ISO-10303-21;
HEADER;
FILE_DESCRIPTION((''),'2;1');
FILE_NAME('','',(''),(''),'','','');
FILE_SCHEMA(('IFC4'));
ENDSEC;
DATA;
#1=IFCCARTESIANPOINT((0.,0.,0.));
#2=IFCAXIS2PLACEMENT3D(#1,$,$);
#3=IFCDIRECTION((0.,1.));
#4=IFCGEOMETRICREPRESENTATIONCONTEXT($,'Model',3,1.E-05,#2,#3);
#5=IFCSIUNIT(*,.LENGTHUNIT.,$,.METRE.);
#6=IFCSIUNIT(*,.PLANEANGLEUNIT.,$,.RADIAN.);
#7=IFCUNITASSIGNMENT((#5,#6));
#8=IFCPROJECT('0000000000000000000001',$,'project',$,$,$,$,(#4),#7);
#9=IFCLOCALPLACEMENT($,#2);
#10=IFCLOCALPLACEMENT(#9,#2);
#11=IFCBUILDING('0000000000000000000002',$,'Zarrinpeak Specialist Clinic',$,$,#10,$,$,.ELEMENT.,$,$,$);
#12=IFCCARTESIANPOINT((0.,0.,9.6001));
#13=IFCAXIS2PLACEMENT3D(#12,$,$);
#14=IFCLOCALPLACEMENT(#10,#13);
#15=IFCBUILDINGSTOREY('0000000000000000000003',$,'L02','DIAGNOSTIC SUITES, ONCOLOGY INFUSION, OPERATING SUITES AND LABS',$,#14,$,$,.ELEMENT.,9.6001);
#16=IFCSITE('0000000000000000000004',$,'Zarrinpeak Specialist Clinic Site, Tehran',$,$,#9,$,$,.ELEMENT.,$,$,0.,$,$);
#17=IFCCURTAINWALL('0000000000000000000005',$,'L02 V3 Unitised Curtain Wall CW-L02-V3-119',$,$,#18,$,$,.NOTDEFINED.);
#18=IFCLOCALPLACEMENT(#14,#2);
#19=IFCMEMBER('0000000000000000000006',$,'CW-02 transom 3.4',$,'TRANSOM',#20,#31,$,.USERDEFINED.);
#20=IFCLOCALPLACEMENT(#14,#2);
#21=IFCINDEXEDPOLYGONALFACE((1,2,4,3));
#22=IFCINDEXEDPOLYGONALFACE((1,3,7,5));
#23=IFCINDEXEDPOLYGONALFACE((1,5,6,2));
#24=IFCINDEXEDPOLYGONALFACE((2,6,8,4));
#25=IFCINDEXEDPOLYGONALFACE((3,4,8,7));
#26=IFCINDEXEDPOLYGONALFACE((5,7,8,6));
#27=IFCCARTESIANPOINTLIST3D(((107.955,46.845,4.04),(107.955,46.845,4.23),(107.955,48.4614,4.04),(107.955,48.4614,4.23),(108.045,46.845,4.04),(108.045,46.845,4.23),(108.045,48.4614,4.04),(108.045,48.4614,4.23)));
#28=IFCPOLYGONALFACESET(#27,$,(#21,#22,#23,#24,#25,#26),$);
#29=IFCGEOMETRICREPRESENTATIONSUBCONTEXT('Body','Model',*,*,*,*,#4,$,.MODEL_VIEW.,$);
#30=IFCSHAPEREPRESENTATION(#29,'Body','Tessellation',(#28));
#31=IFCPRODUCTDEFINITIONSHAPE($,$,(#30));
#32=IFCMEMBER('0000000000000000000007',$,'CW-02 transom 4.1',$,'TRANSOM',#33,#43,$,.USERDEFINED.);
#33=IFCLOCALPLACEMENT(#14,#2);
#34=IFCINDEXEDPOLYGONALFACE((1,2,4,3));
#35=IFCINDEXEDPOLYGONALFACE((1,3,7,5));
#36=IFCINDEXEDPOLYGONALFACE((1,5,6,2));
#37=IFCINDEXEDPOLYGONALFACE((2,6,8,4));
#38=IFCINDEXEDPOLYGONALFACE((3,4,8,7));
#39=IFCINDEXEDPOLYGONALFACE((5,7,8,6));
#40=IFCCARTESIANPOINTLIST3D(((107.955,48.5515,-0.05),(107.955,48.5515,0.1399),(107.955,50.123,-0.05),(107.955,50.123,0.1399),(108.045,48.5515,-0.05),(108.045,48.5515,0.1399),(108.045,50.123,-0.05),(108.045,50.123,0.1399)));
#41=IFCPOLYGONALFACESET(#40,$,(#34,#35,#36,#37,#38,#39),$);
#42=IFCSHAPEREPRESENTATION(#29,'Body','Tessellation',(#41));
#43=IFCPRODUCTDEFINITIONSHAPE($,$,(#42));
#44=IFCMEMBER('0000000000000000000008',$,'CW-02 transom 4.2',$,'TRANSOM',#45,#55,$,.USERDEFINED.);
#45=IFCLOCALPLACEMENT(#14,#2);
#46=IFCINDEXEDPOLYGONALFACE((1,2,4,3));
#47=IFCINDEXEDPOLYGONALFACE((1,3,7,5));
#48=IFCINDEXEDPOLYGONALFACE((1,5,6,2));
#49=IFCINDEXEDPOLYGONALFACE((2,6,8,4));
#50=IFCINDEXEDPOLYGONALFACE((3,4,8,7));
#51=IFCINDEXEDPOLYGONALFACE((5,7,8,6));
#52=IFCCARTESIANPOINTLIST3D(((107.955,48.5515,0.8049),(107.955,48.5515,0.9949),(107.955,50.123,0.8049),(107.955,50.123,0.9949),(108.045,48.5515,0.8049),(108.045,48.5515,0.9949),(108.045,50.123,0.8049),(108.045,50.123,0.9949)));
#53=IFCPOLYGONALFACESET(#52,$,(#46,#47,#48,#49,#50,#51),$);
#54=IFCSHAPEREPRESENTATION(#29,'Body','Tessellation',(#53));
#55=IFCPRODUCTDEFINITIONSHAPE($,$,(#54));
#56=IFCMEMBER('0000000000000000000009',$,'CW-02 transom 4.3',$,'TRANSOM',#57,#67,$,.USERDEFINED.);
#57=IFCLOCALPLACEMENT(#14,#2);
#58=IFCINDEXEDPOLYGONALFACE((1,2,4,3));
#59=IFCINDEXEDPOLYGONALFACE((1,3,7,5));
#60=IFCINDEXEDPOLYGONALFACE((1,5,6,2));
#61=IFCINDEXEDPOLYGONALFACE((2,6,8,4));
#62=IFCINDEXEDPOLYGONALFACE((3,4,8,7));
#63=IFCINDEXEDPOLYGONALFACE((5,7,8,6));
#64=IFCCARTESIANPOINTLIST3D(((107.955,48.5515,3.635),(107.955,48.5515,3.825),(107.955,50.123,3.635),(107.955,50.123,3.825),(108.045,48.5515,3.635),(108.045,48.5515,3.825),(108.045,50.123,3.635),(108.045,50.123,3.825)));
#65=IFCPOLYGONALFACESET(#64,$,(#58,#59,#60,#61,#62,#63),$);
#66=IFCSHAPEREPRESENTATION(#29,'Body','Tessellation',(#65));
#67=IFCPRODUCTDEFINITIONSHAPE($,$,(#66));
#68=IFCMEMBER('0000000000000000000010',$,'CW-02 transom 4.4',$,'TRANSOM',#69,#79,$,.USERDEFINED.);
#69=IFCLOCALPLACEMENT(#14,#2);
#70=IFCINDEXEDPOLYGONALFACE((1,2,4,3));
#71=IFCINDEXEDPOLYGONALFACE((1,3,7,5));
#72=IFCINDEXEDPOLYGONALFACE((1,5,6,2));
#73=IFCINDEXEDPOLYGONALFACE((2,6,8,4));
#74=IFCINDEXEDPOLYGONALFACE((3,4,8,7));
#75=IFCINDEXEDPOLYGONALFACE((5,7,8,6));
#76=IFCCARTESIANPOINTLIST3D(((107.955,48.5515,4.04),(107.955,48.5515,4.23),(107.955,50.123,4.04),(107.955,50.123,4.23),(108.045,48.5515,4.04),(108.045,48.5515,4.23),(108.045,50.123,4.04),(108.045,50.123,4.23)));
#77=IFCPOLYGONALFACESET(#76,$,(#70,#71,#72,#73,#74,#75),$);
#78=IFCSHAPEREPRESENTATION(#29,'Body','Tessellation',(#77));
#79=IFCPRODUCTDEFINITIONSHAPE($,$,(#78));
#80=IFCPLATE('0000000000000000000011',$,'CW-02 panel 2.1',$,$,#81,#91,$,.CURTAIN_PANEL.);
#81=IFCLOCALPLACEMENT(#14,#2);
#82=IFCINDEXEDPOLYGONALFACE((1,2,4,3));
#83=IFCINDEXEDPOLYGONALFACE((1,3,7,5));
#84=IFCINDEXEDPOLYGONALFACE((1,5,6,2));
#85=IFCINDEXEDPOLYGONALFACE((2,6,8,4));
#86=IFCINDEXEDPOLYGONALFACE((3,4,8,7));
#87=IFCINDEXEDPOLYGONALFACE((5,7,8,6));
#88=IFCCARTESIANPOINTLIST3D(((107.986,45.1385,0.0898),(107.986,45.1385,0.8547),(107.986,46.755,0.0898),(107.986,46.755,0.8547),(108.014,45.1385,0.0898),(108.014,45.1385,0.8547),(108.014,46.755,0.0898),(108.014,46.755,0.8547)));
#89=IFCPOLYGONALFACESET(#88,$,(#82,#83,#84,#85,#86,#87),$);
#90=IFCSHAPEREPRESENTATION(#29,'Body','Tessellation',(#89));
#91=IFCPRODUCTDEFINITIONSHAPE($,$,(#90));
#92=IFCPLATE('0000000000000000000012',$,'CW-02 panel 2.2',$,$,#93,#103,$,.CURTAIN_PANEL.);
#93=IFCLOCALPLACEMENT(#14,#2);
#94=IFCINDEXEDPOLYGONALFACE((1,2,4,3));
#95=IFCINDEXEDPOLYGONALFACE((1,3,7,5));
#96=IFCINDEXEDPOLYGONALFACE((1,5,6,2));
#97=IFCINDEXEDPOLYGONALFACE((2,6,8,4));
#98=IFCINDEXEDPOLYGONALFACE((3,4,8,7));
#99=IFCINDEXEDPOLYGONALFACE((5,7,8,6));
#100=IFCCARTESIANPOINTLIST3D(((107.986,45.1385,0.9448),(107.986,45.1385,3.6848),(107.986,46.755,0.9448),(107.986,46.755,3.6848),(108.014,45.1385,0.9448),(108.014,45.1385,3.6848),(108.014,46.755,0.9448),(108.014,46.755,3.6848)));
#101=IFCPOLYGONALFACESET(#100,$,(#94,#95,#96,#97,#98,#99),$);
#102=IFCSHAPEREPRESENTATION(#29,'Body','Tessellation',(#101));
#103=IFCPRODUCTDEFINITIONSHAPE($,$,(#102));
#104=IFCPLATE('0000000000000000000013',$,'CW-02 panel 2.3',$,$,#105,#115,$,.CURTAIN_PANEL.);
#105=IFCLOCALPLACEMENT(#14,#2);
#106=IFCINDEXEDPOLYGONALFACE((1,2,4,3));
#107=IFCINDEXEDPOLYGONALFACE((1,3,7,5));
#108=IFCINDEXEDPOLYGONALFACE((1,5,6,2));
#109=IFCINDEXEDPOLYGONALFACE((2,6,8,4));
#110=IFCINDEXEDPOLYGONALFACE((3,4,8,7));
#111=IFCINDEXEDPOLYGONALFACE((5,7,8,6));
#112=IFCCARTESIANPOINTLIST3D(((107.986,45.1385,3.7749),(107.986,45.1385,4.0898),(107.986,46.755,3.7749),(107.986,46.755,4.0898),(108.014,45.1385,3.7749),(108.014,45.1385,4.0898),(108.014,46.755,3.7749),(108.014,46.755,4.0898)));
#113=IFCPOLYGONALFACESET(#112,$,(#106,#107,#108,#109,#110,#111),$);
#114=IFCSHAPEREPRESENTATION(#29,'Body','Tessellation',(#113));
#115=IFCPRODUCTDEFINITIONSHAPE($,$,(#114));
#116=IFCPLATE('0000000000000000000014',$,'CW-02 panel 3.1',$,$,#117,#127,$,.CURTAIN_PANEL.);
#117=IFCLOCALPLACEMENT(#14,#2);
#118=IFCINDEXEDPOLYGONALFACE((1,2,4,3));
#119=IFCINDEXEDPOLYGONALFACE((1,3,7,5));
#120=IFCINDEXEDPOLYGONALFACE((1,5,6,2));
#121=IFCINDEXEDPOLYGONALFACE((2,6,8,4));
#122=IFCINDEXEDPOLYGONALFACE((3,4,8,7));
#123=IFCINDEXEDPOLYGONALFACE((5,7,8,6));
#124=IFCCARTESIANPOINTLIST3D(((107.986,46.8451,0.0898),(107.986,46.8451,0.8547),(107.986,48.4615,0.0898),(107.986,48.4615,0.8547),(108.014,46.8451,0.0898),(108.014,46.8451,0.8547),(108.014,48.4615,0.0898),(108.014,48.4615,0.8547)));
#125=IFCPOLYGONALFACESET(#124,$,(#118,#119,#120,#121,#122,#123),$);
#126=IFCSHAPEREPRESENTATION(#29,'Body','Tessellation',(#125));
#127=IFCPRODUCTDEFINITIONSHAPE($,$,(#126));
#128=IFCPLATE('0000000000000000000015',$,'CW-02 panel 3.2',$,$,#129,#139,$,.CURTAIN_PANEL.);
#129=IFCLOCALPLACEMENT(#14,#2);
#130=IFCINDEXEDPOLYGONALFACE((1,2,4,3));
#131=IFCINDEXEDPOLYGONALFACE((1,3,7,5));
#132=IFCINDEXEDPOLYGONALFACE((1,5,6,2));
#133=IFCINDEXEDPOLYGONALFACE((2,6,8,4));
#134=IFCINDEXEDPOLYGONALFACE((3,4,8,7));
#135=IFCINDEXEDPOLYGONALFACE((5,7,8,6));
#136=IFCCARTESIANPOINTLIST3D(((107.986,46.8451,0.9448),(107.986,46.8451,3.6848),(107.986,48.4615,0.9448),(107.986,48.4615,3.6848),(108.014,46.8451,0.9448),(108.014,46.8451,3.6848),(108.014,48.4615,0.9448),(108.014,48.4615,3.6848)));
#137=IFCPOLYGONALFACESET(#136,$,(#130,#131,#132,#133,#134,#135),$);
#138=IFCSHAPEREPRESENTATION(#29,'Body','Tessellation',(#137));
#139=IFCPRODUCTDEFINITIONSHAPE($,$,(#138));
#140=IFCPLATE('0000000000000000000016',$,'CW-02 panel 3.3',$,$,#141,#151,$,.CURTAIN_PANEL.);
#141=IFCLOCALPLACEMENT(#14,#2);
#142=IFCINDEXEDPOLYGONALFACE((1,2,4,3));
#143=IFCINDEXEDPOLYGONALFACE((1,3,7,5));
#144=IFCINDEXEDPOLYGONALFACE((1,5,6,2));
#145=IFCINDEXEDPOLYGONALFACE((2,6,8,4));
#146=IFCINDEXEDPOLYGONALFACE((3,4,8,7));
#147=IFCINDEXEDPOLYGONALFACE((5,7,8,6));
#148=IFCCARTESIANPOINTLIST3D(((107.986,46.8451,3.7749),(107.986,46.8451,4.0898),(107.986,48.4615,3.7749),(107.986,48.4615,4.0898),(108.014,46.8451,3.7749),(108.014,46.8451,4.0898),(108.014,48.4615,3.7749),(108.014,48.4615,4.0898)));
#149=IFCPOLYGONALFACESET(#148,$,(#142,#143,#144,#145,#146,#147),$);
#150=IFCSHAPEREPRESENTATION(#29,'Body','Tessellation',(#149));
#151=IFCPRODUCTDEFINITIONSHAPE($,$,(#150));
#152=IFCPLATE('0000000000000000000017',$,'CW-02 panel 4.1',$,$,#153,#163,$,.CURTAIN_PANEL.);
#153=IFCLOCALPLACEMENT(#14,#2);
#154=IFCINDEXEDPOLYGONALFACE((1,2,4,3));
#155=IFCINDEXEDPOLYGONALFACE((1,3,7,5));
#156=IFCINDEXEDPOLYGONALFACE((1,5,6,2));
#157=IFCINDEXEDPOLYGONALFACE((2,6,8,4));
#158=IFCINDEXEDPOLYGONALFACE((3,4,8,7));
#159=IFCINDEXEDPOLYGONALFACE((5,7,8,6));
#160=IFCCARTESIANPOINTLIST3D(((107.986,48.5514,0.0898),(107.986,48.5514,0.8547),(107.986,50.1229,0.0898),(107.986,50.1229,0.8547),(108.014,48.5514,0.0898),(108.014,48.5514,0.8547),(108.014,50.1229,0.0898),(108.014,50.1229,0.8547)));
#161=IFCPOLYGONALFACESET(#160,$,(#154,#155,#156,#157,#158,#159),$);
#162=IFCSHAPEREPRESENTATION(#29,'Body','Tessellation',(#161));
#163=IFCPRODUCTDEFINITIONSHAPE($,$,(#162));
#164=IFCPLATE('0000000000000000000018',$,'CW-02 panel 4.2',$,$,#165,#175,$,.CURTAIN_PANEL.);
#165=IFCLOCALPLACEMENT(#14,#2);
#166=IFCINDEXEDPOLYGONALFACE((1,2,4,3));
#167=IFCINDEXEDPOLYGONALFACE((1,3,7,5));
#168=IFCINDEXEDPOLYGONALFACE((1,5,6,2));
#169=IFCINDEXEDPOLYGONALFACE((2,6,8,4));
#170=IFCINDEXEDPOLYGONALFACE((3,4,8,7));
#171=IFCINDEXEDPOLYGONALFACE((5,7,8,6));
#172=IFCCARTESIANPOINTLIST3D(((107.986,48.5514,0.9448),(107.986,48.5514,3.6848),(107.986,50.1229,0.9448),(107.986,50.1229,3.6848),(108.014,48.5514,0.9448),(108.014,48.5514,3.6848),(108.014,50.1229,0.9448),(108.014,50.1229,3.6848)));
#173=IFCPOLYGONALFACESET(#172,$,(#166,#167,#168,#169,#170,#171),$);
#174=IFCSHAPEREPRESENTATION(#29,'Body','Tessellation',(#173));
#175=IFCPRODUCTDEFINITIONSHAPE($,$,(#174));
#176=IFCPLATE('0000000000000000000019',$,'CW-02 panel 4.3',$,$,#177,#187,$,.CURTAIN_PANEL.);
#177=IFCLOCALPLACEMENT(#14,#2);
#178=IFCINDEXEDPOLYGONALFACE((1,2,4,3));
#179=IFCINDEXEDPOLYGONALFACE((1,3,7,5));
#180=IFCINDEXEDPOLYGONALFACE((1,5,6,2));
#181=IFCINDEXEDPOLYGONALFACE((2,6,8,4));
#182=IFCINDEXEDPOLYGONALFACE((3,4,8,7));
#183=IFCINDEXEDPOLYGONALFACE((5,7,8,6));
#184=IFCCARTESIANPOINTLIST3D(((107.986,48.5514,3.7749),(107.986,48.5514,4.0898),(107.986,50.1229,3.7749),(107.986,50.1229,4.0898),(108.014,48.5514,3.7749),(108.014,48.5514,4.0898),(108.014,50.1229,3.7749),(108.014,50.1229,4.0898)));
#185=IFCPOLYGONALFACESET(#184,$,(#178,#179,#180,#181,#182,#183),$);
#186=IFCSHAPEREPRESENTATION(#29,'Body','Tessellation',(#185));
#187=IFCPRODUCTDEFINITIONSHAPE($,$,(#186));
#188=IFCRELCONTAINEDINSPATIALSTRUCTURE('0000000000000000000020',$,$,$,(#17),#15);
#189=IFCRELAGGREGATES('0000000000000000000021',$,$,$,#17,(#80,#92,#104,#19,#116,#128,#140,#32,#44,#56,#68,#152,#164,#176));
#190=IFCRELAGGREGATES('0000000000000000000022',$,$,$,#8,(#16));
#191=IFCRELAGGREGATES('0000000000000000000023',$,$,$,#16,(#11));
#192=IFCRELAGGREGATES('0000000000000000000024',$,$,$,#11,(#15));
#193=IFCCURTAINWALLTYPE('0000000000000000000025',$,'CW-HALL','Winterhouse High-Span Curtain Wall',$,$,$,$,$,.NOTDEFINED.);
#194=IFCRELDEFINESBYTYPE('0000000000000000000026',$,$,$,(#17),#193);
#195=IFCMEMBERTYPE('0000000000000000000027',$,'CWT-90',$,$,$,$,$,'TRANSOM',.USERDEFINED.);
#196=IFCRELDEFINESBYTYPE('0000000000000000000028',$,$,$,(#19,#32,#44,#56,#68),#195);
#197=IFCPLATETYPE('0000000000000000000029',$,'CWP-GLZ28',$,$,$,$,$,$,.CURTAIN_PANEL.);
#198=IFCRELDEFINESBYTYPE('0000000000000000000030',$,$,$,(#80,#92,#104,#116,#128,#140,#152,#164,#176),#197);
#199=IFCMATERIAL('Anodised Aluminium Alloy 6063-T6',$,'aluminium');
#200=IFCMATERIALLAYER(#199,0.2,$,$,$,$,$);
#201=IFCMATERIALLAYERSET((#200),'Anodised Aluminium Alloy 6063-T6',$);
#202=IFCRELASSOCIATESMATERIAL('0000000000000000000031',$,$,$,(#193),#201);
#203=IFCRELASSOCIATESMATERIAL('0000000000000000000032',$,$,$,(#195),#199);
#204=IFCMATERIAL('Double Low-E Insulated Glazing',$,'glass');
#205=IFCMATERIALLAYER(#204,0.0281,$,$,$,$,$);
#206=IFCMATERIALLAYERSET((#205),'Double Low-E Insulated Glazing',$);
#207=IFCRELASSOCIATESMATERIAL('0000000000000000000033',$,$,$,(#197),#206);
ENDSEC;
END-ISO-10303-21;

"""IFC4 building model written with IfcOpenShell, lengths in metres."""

from ifc_helpers import new_model, si_unit, direction, frame, origin, origin_2d, place, context, subcontext, project, spatial, rectangle, extrude, material, layer, layer_set, material_profile, profile_set, type_object, element, aggregate, save


model = new_model("IFC4")

# Units and contexts
model_context = context("Model", 3, precision=1e-05, world=origin(), true_north=direction((0.0, 1.0)))
body_context = subcontext(model_context, "Body", "Model", "MODEL_VIEW")
ifc_project = project(units=[si_unit("LENGTHUNIT", "METRE"), si_unit("PLANEANGLEUNIT", "RADIAN")], contexts=[model_context])

# Site, building, storey
site_placement = place(None, origin())
site = spatial("IfcSite", under=ifc_project, at=site_placement, Name="Zarrinpeak Specialist Clinic Site, Tehran", CompositionType="ELEMENT", RefElevation=0.0)
building_placement = place(site_placement, origin())
building = spatial("IfcBuilding", under=site, at=building_placement, Name="Zarrinpeak Specialist Clinic", CompositionType="ELEMENT")
storey_placement = place(building_placement, frame((0.0, 0.0, 9.6001)))
storey = spatial("IfcBuildingStorey", under=building, at=storey_placement, Name="L02", Description="DIAGNOSTIC SUITES, ONCOLOGY INFUSION, OPERATING SUITES AND LABS", CompositionType="ELEMENT", Elevation=9.6001)

# Curtain wall, members, plates
ifc_material_1 = material(Name="Anodised Aluminium Alloy 6063-T6", Category="aluminium")
ifc_layer_1 = layer(ifc_material_1, 0.2)
ifc_layer_set_1 = layer_set([ifc_layer_1], Name="Anodised Aluminium Alloy 6063-T6")
curtain_wall_type = type_object("IfcCurtainWallType", Name="CW-HALL", Description="Winterhouse High-Span Curtain Wall", PredefinedType="NOTDEFINED", material=ifc_layer_set_1)
curtain_wall_placement = place(storey_placement, origin())
curtain_wall = element("IfcCurtainWall", 1, at=curtain_wall_placement, inside=storey, type_object=curtain_wall_type, Name="L02 V3 Unitised Curtain Wall CW-L02-V3-119", PredefinedType="NOTDEFINED")
ifc_material_profile_1 = material_profile(ifc_material_1, rectangle(XDim=0.0901, YDim=0.1899, at=origin_2d()), Name="ALU 90x190")
ifc_profile_set_1 = profile_set([ifc_material_profile_1], Name="Anodised Aluminium Alloy 6063-T6")
member_type_1 = type_object("IfcMemberType", Name="CWT-90", ElementType="TRANSOM", PredefinedType="USERDEFINED", material=ifc_profile_set_1)
member_1_placement = place(storey_placement, frame((108.0, 46.845, 4.135), z_axis=(0.0, 1.0, 0.0), x_axis=(-1.0, 0.0, 0.0)))
member_1 = element("IfcMember", 2, at=member_1_placement, type_object=member_type_1, Name="CW-02 transom 3.4", ObjectType="TRANSOM", PredefinedType="USERDEFINED", context=body_context, shape_type="SweptSolid", body=[
    extrude(rectangle(XDim=0.0901, YDim=0.1899, at=origin_2d()), origin(), (0.0, 0.0, 1.0), 1.6165),
])
member_2_placement = place(storey_placement, frame((108.0, 48.5515, 0.0449), z_axis=(0.0, 1.0, 0.0), x_axis=(-1.0, 0.0, 0.0)))
member_2 = element("IfcMember", 3, at=member_2_placement, type_object=member_type_1, Name="CW-02 transom 4.1", ObjectType="TRANSOM", PredefinedType="USERDEFINED", context=body_context, shape_type="SweptSolid", body=[
    extrude(rectangle(XDim=0.0901, YDim=0.1899, at=origin_2d()), origin(), (0.0, 0.0, 1.0), 1.5715),
])
member_3_placement = place(storey_placement, frame((108.0, 48.5515, 0.8999), z_axis=(0.0, 1.0, 0.0), x_axis=(-1.0, 0.0, 0.0)))
member_3 = element("IfcMember", 4, at=member_3_placement, type_object=member_type_1, Name="CW-02 transom 4.2", ObjectType="TRANSOM", PredefinedType="USERDEFINED", context=body_context, shape_type="SweptSolid", body=[
    extrude(rectangle(XDim=0.0901, YDim=0.1899, at=origin_2d()), origin(), (0.0, 0.0, 1.0), 1.5715),
])
member_4_placement = place(storey_placement, frame((108.0, 48.5515, 3.73), z_axis=(0.0, 1.0, 0.0), x_axis=(-1.0, 0.0, 0.0)))
member_4 = element("IfcMember", 5, at=member_4_placement, type_object=member_type_1, Name="CW-02 transom 4.3", ObjectType="TRANSOM", PredefinedType="USERDEFINED", context=body_context, shape_type="SweptSolid", body=[
    extrude(rectangle(XDim=0.0901, YDim=0.1899, at=origin_2d()), origin(), (0.0, 0.0, 1.0), 1.5715),
])
member_5_placement = place(storey_placement, frame((108.0, 48.5515, 4.135), z_axis=(0.0, 1.0, 0.0), x_axis=(-1.0, 0.0, 0.0)))
member_5 = element("IfcMember", 6, at=member_5_placement, type_object=member_type_1, Name="CW-02 transom 4.4", ObjectType="TRANSOM", PredefinedType="USERDEFINED", context=body_context, shape_type="SweptSolid", body=[
    extrude(rectangle(XDim=0.0901, YDim=0.1899, at=origin_2d()), origin(), (0.0, 0.0, 1.0), 1.5715),
])
ifc_material_2 = material(Name="Double Low-E Insulated Glazing", Category="glass")
ifc_layer_2 = layer(ifc_material_2, 0.0281)
ifc_layer_set_2 = layer_set([ifc_layer_2], Name="Double Low-E Insulated Glazing")
plate_type_1 = type_object("IfcPlateType", Name="CWP-GLZ28", PredefinedType="CURTAIN_PANEL", material=ifc_layer_set_2)
plate_1_placement = place(storey_placement, frame((108.0, 45.9468, 0.0898), z_axis=(0.0, 0.0, 1.0), x_axis=(0.0, 1.0, 0.0)))
plate_1 = element("IfcPlate", 7, at=plate_1_placement, type_object=plate_type_1, Name="CW-02 panel 2.1", PredefinedType="CURTAIN_PANEL", context=body_context, shape_type="SweptSolid", body=[
    extrude(rectangle(XDim=1.6165, YDim=0.0281, at=origin_2d()), origin(), (0.0, 0.0, 1.0), 0.7649),
])
plate_2_placement = place(storey_placement, frame((108.0, 45.9468, 0.9448), z_axis=(0.0, 0.0, 1.0), x_axis=(0.0, 1.0, 0.0)))
plate_2 = element("IfcPlate", 8, at=plate_2_placement, type_object=plate_type_1, Name="CW-02 panel 2.2", PredefinedType="CURTAIN_PANEL", context=body_context, shape_type="SweptSolid", body=[
    extrude(rectangle(XDim=1.6165, YDim=0.0281, at=origin_2d()), origin(), (0.0, 0.0, 1.0), 2.74),
])
plate_3_placement = place(storey_placement, frame((108.0, 45.9468, 3.7749), z_axis=(0.0, 0.0, 1.0), x_axis=(0.0, 1.0, 0.0)))
plate_3 = element("IfcPlate", 9, at=plate_3_placement, type_object=plate_type_1, Name="CW-02 panel 2.3", PredefinedType="CURTAIN_PANEL", context=body_context, shape_type="SweptSolid", body=[
    extrude(rectangle(XDim=1.6165, YDim=0.0281, at=origin_2d()), origin(), (0.0, 0.0, 1.0), 0.3149),
])
plate_4_placement = place(storey_placement, frame((108.0, 47.6533, 0.0898), z_axis=(0.0, 0.0, 1.0), x_axis=(0.0, 1.0, 0.0)))
plate_4 = element("IfcPlate", 10, at=plate_4_placement, type_object=plate_type_1, Name="CW-02 panel 3.1", PredefinedType="CURTAIN_PANEL", context=body_context, shape_type="SweptSolid", body=[
    extrude(rectangle(XDim=1.6165, YDim=0.0281, at=origin_2d()), origin(), (0.0, 0.0, 1.0), 0.7649),
])
plate_5_placement = place(storey_placement, frame((108.0, 47.6533, 0.9448), z_axis=(0.0, 0.0, 1.0), x_axis=(0.0, 1.0, 0.0)))
plate_5 = element("IfcPlate", 11, at=plate_5_placement, type_object=plate_type_1, Name="CW-02 panel 3.2", PredefinedType="CURTAIN_PANEL", context=body_context, shape_type="SweptSolid", body=[
    extrude(rectangle(XDim=1.6165, YDim=0.0281, at=origin_2d()), origin(), (0.0, 0.0, 1.0), 2.74),
])
plate_6_placement = place(storey_placement, frame((108.0, 47.6533, 3.7749), z_axis=(0.0, 0.0, 1.0), x_axis=(0.0, 1.0, 0.0)))
plate_6 = element("IfcPlate", 12, at=plate_6_placement, type_object=plate_type_1, Name="CW-02 panel 3.3", PredefinedType="CURTAIN_PANEL", context=body_context, shape_type="SweptSolid", body=[
    extrude(rectangle(XDim=1.6165, YDim=0.0281, at=origin_2d()), origin(), (0.0, 0.0, 1.0), 0.3149),
])
plate_7_placement = place(storey_placement, frame((108.0, 49.3372, 0.0898), z_axis=(0.0, 0.0, 1.0), x_axis=(0.0, 1.0, 0.0)))
plate_7 = element("IfcPlate", 13, at=plate_7_placement, type_object=plate_type_1, Name="CW-02 panel 4.1", PredefinedType="CURTAIN_PANEL", context=body_context, shape_type="SweptSolid", body=[
    extrude(rectangle(XDim=1.5715, YDim=0.0281, at=origin_2d()), origin(), (0.0, 0.0, 1.0), 0.7649),
])
plate_8_placement = place(storey_placement, frame((108.0, 49.3372, 0.9448), z_axis=(0.0, 0.0, 1.0), x_axis=(0.0, 1.0, 0.0)))
plate_8 = element("IfcPlate", 14, at=plate_8_placement, type_object=plate_type_1, Name="CW-02 panel 4.2", PredefinedType="CURTAIN_PANEL", context=body_context, shape_type="SweptSolid", body=[
    extrude(rectangle(XDim=1.5715, YDim=0.0281, at=origin_2d()), origin(), (0.0, 0.0, 1.0), 2.74),
])
plate_9_placement = place(storey_placement, frame((108.0, 49.3372, 3.7749), z_axis=(0.0, 0.0, 1.0), x_axis=(0.0, 1.0, 0.0)))
plate_9 = element("IfcPlate", 15, at=plate_9_placement, type_object=plate_type_1, Name="CW-02 panel 4.3", PredefinedType="CURTAIN_PANEL", context=body_context, shape_type="SweptSolid", body=[
    extrude(rectangle(XDim=1.5715, YDim=0.0281, at=origin_2d()), origin(), (0.0, 0.0, 1.0), 0.3149),
])
aggregate(curtain_wall, [plate_1, plate_2, plate_3, member_1, plate_4, plate_5, plate_6, member_2, member_3, member_4, member_5, plate_7, plate_8, plate_9])

save(model, "model.ifc")
